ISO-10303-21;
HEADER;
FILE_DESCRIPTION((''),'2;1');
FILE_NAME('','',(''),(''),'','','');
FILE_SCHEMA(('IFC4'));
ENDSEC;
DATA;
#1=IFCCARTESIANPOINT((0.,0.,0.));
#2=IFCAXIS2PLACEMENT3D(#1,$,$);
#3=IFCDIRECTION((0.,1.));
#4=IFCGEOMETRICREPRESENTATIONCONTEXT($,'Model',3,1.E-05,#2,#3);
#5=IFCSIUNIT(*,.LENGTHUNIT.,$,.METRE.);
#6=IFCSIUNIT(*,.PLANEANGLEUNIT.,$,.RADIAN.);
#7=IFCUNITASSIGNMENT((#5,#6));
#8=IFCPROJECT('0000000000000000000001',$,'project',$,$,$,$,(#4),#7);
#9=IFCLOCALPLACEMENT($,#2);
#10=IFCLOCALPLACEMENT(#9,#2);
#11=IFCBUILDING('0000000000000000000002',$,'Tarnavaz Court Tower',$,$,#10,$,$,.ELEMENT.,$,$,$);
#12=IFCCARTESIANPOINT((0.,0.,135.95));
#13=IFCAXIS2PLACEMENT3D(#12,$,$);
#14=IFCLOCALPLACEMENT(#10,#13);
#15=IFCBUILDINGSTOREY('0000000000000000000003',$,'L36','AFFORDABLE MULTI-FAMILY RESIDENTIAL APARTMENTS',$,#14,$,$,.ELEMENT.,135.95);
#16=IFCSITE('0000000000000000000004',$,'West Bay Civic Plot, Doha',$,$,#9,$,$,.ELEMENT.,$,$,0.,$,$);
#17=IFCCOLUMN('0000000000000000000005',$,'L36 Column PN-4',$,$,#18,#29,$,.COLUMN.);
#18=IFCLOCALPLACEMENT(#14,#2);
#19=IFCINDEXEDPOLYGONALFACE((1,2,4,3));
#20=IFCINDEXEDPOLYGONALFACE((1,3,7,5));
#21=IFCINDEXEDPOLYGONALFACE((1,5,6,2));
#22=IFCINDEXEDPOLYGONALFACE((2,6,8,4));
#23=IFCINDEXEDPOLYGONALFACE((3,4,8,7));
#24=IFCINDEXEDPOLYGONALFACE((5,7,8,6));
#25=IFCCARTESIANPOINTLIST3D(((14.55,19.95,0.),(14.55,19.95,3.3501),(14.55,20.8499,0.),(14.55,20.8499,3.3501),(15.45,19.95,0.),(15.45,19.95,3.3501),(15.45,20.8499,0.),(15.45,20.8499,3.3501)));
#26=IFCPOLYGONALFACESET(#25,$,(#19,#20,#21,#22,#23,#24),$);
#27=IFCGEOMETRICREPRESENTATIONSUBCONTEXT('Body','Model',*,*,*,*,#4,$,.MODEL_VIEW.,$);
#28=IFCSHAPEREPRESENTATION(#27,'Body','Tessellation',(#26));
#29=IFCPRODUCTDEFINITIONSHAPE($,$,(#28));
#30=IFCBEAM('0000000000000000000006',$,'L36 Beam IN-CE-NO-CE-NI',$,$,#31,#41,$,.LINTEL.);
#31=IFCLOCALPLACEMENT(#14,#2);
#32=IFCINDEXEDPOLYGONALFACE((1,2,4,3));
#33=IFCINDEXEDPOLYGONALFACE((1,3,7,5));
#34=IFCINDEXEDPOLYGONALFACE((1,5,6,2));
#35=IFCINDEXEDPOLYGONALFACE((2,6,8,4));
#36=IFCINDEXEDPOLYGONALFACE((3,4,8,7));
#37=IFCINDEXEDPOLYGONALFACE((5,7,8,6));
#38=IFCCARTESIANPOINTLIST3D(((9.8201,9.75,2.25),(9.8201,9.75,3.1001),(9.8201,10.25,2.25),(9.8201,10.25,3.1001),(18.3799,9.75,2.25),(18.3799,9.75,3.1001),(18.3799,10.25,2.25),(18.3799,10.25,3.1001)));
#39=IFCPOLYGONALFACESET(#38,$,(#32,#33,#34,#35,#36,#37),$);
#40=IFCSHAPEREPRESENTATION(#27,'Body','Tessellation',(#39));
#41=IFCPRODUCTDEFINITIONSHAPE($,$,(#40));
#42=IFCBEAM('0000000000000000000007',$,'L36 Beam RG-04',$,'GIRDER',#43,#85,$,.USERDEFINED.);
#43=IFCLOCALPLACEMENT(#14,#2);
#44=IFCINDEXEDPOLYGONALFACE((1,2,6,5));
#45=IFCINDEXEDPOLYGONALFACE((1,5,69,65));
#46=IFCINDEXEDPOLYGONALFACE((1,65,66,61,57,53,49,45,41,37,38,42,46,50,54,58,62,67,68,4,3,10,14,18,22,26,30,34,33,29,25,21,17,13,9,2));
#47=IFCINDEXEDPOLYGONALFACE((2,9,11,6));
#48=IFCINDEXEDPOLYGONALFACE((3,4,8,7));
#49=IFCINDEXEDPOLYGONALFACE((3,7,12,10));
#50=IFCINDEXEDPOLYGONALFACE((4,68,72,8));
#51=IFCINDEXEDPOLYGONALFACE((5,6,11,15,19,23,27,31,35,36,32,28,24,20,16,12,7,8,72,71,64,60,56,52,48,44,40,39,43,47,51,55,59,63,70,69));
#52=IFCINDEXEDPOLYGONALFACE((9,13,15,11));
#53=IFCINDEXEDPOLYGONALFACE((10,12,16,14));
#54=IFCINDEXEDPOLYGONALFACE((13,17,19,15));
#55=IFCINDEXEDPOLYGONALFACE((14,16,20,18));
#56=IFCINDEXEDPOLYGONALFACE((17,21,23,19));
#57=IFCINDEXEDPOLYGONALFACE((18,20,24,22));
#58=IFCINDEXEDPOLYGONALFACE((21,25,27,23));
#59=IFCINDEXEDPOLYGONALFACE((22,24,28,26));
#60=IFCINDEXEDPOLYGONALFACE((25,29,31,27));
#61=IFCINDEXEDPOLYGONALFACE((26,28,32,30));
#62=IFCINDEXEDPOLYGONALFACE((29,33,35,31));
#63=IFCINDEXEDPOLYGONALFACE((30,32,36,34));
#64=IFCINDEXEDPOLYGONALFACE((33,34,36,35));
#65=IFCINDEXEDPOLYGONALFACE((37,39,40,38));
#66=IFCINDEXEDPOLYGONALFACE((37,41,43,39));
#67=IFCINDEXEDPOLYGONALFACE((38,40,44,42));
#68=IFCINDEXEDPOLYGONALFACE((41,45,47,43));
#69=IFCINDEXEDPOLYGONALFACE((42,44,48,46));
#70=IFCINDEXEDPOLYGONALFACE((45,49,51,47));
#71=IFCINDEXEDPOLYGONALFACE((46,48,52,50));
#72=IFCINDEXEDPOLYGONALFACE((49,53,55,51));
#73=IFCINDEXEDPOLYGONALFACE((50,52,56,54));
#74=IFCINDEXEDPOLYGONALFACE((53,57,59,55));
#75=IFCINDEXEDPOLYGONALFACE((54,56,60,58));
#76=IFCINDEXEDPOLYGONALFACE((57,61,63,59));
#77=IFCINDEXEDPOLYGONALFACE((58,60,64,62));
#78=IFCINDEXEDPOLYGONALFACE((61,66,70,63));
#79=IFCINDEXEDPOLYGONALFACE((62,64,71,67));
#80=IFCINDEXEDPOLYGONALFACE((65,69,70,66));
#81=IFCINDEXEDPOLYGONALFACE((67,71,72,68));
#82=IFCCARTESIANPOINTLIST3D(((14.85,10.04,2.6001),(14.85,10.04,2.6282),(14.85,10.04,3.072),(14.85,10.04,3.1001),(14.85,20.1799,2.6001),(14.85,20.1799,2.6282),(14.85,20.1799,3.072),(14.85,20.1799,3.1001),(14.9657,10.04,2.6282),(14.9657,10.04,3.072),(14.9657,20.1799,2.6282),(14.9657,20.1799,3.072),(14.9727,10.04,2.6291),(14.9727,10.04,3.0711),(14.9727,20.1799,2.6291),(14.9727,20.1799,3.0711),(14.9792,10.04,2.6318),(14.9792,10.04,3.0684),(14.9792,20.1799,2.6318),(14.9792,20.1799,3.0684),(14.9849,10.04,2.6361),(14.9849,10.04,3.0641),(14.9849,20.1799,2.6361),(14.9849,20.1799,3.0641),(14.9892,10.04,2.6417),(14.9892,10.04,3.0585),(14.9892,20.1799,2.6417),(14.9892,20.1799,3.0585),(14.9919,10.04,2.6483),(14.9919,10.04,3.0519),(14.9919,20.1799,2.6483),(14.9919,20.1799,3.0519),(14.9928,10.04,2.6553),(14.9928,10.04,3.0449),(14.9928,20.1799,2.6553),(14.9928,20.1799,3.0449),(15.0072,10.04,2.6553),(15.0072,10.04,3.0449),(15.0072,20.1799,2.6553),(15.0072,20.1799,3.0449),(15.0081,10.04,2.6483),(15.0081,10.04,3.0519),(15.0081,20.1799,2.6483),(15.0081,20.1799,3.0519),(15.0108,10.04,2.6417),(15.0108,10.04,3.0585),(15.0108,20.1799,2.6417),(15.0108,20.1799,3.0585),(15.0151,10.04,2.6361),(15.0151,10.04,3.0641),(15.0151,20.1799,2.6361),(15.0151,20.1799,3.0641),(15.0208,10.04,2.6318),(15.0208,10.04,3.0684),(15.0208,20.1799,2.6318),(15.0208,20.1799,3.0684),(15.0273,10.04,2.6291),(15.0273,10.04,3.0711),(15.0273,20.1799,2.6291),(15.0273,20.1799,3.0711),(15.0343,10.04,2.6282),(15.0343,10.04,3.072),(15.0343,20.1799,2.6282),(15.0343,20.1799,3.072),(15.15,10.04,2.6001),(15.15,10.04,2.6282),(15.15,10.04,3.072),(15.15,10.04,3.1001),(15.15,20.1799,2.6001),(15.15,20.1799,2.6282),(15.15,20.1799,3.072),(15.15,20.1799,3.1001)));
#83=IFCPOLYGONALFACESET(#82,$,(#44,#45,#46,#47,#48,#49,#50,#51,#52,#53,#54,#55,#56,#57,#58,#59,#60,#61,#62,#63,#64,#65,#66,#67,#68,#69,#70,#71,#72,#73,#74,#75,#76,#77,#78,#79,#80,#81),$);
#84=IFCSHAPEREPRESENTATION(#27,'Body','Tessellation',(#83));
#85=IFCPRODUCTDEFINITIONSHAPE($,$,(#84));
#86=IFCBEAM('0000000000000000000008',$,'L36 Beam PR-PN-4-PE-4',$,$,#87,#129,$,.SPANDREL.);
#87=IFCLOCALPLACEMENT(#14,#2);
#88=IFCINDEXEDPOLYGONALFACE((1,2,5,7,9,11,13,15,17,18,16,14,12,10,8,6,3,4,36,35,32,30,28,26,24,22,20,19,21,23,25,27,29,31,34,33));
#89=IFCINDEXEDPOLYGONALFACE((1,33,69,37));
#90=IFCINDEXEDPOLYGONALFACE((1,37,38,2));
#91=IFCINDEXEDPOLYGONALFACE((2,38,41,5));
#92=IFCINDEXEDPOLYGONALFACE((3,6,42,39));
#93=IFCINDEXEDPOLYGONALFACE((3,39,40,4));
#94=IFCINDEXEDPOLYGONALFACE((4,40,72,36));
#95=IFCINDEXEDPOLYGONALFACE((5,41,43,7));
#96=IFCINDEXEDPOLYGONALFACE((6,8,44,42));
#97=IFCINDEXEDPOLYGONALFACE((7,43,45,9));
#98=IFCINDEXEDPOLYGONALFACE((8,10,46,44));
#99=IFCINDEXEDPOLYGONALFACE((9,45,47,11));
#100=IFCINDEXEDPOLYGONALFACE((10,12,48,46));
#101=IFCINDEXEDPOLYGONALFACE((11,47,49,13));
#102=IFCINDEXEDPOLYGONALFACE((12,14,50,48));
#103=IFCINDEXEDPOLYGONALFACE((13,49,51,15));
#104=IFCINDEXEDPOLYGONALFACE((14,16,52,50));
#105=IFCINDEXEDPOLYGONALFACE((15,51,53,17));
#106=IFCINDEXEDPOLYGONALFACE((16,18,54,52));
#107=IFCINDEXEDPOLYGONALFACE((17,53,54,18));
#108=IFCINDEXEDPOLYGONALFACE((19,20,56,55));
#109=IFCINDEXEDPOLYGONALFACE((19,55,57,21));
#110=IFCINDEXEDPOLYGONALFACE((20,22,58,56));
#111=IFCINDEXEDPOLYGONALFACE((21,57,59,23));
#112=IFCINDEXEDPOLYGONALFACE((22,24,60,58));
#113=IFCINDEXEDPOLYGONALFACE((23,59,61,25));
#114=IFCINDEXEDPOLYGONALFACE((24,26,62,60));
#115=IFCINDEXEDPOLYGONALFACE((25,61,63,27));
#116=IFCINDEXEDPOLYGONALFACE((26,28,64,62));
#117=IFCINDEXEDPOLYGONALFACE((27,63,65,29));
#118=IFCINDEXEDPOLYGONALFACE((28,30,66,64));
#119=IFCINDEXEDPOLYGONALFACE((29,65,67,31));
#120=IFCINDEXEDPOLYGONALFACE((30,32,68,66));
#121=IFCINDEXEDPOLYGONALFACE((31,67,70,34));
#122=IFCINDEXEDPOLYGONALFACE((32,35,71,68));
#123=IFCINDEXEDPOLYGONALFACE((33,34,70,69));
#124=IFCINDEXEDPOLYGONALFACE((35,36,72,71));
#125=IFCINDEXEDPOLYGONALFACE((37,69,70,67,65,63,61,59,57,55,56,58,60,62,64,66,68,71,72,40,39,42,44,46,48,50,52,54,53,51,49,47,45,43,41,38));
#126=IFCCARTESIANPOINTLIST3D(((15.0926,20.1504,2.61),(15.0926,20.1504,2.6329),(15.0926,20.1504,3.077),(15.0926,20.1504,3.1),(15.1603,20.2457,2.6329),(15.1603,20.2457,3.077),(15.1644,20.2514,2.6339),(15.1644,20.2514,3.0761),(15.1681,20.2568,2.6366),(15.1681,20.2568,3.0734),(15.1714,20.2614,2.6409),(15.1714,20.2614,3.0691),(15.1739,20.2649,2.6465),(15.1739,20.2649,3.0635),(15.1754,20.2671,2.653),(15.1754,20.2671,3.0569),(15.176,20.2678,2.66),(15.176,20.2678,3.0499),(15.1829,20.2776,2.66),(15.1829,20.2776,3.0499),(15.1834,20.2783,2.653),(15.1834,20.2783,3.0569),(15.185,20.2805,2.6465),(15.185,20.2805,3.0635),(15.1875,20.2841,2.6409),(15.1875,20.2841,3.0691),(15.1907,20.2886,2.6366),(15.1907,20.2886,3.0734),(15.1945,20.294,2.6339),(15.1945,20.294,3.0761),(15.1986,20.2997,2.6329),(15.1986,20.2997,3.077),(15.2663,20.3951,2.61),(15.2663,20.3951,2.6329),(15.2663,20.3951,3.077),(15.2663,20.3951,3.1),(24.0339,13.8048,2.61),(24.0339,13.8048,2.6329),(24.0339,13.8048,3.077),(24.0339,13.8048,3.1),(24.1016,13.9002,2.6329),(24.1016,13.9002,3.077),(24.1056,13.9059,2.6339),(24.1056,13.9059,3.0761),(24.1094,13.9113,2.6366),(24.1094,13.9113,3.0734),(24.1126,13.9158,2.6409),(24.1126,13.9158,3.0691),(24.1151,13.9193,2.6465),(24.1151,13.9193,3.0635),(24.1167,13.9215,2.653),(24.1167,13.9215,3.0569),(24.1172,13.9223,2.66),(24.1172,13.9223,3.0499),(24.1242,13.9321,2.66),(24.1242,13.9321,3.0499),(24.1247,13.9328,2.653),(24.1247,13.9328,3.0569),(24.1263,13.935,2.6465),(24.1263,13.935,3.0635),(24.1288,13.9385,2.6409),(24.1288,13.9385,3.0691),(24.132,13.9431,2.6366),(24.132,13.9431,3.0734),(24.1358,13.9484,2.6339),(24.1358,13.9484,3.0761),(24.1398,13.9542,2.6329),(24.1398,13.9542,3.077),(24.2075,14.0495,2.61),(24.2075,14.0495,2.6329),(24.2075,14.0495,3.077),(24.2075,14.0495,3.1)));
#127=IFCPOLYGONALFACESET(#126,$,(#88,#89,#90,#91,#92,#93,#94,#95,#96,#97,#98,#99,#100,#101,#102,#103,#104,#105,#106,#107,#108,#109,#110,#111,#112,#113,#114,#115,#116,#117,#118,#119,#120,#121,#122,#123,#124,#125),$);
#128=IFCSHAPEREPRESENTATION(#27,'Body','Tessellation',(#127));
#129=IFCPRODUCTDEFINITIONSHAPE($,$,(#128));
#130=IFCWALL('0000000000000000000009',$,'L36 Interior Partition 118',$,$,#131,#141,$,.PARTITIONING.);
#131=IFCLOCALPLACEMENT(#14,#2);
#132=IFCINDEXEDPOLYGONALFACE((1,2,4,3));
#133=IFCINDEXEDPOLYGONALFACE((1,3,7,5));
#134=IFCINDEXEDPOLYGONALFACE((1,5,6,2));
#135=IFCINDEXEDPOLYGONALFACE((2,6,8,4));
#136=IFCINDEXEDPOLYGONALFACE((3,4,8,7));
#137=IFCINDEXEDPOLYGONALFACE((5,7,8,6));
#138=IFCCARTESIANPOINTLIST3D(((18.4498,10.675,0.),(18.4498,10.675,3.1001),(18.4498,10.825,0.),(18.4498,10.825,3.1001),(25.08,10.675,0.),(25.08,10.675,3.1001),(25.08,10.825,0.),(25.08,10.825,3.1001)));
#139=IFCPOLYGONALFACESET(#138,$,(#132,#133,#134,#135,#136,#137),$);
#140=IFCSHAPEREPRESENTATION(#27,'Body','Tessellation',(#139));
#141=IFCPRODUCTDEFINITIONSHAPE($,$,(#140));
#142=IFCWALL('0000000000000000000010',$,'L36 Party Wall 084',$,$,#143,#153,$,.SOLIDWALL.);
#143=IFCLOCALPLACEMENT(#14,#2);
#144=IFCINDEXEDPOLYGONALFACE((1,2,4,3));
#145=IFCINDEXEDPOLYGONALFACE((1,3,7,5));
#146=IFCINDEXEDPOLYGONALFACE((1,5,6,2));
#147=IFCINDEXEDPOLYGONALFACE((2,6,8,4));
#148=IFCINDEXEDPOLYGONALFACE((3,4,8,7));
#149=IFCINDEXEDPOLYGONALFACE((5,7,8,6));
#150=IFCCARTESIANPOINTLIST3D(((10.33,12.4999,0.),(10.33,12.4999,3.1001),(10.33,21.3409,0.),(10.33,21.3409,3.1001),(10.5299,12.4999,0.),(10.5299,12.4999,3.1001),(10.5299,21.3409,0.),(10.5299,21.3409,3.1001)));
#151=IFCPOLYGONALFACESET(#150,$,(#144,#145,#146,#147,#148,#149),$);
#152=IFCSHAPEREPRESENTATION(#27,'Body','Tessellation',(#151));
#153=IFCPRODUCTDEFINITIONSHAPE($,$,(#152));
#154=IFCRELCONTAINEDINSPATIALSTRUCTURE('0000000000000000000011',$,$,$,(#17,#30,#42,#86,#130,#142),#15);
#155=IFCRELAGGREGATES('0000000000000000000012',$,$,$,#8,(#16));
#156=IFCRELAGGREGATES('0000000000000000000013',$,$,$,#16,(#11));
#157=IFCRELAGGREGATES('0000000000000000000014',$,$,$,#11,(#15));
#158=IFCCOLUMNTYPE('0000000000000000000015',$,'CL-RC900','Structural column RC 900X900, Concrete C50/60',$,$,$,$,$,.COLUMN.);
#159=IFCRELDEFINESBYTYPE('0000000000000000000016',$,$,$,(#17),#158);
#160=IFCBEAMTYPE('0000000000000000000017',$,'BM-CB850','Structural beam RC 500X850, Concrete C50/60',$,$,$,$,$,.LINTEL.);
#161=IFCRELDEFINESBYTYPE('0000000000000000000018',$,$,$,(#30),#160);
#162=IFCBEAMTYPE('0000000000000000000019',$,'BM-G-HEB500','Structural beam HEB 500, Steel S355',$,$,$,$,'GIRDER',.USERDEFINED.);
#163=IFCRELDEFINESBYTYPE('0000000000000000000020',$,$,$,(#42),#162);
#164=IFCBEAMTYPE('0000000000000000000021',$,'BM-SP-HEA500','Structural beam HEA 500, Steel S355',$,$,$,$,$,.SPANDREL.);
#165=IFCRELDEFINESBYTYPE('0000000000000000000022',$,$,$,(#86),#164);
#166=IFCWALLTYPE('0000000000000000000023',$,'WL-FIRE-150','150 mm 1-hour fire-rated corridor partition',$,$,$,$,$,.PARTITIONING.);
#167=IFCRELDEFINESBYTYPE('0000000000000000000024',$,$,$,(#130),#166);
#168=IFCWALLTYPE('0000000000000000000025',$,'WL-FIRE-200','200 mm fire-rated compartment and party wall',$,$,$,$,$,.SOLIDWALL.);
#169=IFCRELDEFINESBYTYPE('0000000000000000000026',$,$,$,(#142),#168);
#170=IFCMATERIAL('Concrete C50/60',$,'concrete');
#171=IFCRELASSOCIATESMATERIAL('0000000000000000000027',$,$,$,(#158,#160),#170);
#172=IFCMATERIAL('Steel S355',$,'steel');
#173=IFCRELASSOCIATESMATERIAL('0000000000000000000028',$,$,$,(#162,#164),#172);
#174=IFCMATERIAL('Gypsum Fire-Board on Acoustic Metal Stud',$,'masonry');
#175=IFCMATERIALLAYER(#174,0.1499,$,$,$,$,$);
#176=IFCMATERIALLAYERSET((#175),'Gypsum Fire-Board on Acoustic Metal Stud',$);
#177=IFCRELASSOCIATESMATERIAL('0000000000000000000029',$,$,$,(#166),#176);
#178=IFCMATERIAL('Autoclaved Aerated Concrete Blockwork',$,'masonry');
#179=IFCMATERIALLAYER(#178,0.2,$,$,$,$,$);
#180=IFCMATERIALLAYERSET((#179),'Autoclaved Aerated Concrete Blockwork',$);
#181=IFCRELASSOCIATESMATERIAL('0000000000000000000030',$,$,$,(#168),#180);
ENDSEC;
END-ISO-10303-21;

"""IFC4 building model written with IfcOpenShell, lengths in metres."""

from ifc_helpers import new_model, si_unit, direction, frame, frame_2d, origin, origin_2d, place, context, subcontext, project, spatial, rectangle, i_section, extrude, material, layer, layer_set, material_profile, profile_set, type_object, element, save


model = new_model("IFC4")

# Units and contexts
model_context = context("Model", 3, precision=1e-05, world=origin(), true_north=direction((0.0, 1.0)))
body_context = subcontext(model_context, "Body", "Model", "MODEL_VIEW")
ifc_project = project(units=[si_unit("LENGTHUNIT", "METRE"), si_unit("PLANEANGLEUNIT", "RADIAN")], contexts=[model_context])

# Site, building, storey
site_placement = place(None, origin())
site = spatial("IfcSite", under=ifc_project, at=site_placement, Name="West Bay Civic Plot, Doha", CompositionType="ELEMENT", RefElevation=0.0)
building_placement = place(site_placement, origin())
building = spatial("IfcBuilding", under=site, at=building_placement, Name="Tarnavaz Court Tower", CompositionType="ELEMENT")
storey_placement = place(building_placement, frame((0.0, 0.0, 135.95)))
storey = spatial("IfcBuildingStorey", under=building, at=storey_placement, Name="L36", Description="AFFORDABLE MULTI-FAMILY RESIDENTIAL APARTMENTS", CompositionType="ELEMENT", Elevation=135.95)

# Column
ifc_material_1 = material(Name="Concrete C50/60", Category="concrete")
ifc_material_profile_1 = material_profile(ifc_material_1, rectangle(XDim=0.8999, YDim=0.8999, at=origin_2d()), Name="RC 900X900")
ifc_profile_set_1 = profile_set([ifc_material_profile_1], Name="Concrete C50/60")
column_type = type_object("IfcColumnType", Name="CL-RC900", Description="Structural column RC 900X900, Concrete C50/60", PredefinedType="COLUMN", material=ifc_profile_set_1)
column_placement = place(storey_placement, frame((15.0, 20.3999, 0.0), z_axis=(0.0, 0.0, 1.0), x_axis=(1.0, 0.0, 0.0)))
element("IfcColumn", 1, at=column_placement, inside=storey, type_object=column_type, Name="L36 Column PN-4", PredefinedType="COLUMN", context=body_context, shape_type="SweptSolid", body=[
    extrude(rectangle(XDim=0.8999, YDim=0.8999, at=origin_2d()), origin(), (0.0, 0.0, 1.0), 3.3501),
])

# Beams
ifc_material_profile_2 = material_profile(ifc_material_1, rectangle(XDim=0.5, YDim=0.8501, at=origin_2d()), Name="RC 500X850")
ifc_profile_set_2 = profile_set([ifc_material_profile_2], Name="Concrete C50/60")
beam_type_1 = type_object("IfcBeamType", Name="BM-CB850", Description="Structural beam RC 500X850, Concrete C50/60", PredefinedType="LINTEL", material=ifc_profile_set_2)
beam_1_placement = place(storey_placement, frame((18.3799, 10.0, 2.675), z_axis=(-1.0, 0.0, 0.0), x_axis=(0.0, -1.0, 0.0)))
element("IfcBeam", 2, at=beam_1_placement, inside=storey, type_object=beam_type_1, Name="L36 Beam IN-CE-NO-CE-NI", PredefinedType="LINTEL", context=body_context, shape_type="SweptSolid", body=[
    extrude(rectangle(XDim=0.5, YDim=0.8501, at=origin_2d()), origin(), (0.0, 0.0, 1.0), 8.5598),
])
ifc_material_2 = material(Name="Steel S355", Category="steel")
ifc_material_profile_3 = material_profile(ifc_material_2, i_section(OverallWidth=0.3, OverallDepth=0.5, WebThickness=0.0144, FlangeThickness=0.0281, FilletRadius=0.0271, at=origin_2d()), Name="HEB 500")
ifc_profile_set_3 = profile_set([ifc_material_profile_3], Name="Steel S355")
beam_type_2 = type_object("IfcBeamType", Name="BM-G-HEB500", Description="Structural beam HEB 500, Steel S355", ElementType="GIRDER", PredefinedType="USERDEFINED", material=ifc_profile_set_3)
beam_2_placement = place(storey_placement, frame((15.0, 10.04, 2.8501), z_axis=(0.0, 1.0, 0.0), x_axis=(-1.0, 0.0, 0.0)))
element("IfcBeam", 3, at=beam_2_placement, inside=storey, type_object=beam_type_2, Name="L36 Beam RG-04", ObjectType="GIRDER", PredefinedType="USERDEFINED", context=body_context, shape_type="SweptSolid", body=[
    extrude(i_section(OverallWidth=0.3, OverallDepth=0.5, WebThickness=0.0144, FlangeThickness=0.0281, FilletRadius=0.0271, at=origin_2d()), origin(), (0.0, 0.0, 1.0), 10.1399),
])
ifc_material_profile_4 = material_profile(ifc_material_2, i_section(OverallWidth=0.3, OverallDepth=0.49, WebThickness=0.012, FlangeThickness=0.0229, FilletRadius=0.0271, at=origin_2d()), Name="HEA 500")
ifc_profile_set_4 = profile_set([ifc_material_profile_4], Name="Steel S355")
beam_type_3 = type_object("IfcBeamType", Name="BM-SP-HEA500", Description="Structural beam HEA 500, Steel S355", PredefinedType="SPANDREL", material=ifc_profile_set_4)
beam_3_placement = place(storey_placement, frame((15.1794, 20.2727, 2.855), z_axis=(0.815502, -0.578754, 0.0), x_axis=(0.578754, 0.815502, 0.0)))
element("IfcBeam", 4, at=beam_3_placement, inside=storey, type_object=beam_type_3, Name="L36 Beam PR-PN-4-PE-4", PredefinedType="SPANDREL", context=body_context, shape_type="SweptSolid", body=[
    extrude(i_section(OverallWidth=0.3, OverallDepth=0.49, WebThickness=0.012, FlangeThickness=0.0229, FilletRadius=0.0271, at=origin_2d()), origin(), (0.0, 0.0, 1.0), 10.9641),
])

# Walls
ifc_material_3 = material(Name="Gypsum Fire-Board on Acoustic Metal Stud", Category="masonry")
ifc_layer_1 = layer(ifc_material_3, 0.1499)
ifc_layer_set_1 = layer_set([ifc_layer_1], Name="Gypsum Fire-Board on Acoustic Metal Stud")
wall_type_1 = type_object("IfcWallType", Name="WL-FIRE-150", Description="150 mm 1-hour fire-rated corridor partition", PredefinedType="PARTITIONING", material=ifc_layer_set_1)
wall_1_placement = place(storey_placement, frame((18.45, 10.75, 0.0), z_axis=(0.0, 0.0, 1.0), x_axis=(1.0, 0.0, 0.0)))
element("IfcWall", 5, at=wall_1_placement, inside=storey, type_object=wall_type_1, Name="L36 Interior Partition 118", PredefinedType="PARTITIONING", context=body_context, shape_type="SweptSolid", body=[
    extrude(rectangle(XDim=6.6301, YDim=0.1499, at=frame_2d((3.3149, 0.0))), origin(), (0.0, 0.0, 1.0), 3.1001),
])
ifc_material_4 = material(Name="Autoclaved Aerated Concrete Blockwork", Category="masonry")
ifc_layer_2 = layer(ifc_material_4, 0.2)
ifc_layer_set_2 = layer_set([ifc_layer_2], Name="Autoclaved Aerated Concrete Blockwork")
wall_type_2 = type_object("IfcWallType", Name="WL-FIRE-200", Description="200 mm fire-rated compartment and party wall", PredefinedType="SOLIDWALL", material=ifc_layer_set_2)
wall_2_placement = place(storey_placement, frame((10.4299, 12.5, 0.0), z_axis=(0.0, 0.0, 1.0), x_axis=(0.0, 1.0, 0.0)))
element("IfcWall", 6, at=wall_2_placement, inside=storey, type_object=wall_type_2, Name="L36 Party Wall 084", PredefinedType="SOLIDWALL", context=body_context, shape_type="SweptSolid", body=[
    extrude(rectangle(XDim=8.8411, YDim=0.2, at=frame_2d((4.4204, 0.0))), origin(), (0.0, 0.0, 1.0), 3.1001),
])

save(model, "model.ifc")
